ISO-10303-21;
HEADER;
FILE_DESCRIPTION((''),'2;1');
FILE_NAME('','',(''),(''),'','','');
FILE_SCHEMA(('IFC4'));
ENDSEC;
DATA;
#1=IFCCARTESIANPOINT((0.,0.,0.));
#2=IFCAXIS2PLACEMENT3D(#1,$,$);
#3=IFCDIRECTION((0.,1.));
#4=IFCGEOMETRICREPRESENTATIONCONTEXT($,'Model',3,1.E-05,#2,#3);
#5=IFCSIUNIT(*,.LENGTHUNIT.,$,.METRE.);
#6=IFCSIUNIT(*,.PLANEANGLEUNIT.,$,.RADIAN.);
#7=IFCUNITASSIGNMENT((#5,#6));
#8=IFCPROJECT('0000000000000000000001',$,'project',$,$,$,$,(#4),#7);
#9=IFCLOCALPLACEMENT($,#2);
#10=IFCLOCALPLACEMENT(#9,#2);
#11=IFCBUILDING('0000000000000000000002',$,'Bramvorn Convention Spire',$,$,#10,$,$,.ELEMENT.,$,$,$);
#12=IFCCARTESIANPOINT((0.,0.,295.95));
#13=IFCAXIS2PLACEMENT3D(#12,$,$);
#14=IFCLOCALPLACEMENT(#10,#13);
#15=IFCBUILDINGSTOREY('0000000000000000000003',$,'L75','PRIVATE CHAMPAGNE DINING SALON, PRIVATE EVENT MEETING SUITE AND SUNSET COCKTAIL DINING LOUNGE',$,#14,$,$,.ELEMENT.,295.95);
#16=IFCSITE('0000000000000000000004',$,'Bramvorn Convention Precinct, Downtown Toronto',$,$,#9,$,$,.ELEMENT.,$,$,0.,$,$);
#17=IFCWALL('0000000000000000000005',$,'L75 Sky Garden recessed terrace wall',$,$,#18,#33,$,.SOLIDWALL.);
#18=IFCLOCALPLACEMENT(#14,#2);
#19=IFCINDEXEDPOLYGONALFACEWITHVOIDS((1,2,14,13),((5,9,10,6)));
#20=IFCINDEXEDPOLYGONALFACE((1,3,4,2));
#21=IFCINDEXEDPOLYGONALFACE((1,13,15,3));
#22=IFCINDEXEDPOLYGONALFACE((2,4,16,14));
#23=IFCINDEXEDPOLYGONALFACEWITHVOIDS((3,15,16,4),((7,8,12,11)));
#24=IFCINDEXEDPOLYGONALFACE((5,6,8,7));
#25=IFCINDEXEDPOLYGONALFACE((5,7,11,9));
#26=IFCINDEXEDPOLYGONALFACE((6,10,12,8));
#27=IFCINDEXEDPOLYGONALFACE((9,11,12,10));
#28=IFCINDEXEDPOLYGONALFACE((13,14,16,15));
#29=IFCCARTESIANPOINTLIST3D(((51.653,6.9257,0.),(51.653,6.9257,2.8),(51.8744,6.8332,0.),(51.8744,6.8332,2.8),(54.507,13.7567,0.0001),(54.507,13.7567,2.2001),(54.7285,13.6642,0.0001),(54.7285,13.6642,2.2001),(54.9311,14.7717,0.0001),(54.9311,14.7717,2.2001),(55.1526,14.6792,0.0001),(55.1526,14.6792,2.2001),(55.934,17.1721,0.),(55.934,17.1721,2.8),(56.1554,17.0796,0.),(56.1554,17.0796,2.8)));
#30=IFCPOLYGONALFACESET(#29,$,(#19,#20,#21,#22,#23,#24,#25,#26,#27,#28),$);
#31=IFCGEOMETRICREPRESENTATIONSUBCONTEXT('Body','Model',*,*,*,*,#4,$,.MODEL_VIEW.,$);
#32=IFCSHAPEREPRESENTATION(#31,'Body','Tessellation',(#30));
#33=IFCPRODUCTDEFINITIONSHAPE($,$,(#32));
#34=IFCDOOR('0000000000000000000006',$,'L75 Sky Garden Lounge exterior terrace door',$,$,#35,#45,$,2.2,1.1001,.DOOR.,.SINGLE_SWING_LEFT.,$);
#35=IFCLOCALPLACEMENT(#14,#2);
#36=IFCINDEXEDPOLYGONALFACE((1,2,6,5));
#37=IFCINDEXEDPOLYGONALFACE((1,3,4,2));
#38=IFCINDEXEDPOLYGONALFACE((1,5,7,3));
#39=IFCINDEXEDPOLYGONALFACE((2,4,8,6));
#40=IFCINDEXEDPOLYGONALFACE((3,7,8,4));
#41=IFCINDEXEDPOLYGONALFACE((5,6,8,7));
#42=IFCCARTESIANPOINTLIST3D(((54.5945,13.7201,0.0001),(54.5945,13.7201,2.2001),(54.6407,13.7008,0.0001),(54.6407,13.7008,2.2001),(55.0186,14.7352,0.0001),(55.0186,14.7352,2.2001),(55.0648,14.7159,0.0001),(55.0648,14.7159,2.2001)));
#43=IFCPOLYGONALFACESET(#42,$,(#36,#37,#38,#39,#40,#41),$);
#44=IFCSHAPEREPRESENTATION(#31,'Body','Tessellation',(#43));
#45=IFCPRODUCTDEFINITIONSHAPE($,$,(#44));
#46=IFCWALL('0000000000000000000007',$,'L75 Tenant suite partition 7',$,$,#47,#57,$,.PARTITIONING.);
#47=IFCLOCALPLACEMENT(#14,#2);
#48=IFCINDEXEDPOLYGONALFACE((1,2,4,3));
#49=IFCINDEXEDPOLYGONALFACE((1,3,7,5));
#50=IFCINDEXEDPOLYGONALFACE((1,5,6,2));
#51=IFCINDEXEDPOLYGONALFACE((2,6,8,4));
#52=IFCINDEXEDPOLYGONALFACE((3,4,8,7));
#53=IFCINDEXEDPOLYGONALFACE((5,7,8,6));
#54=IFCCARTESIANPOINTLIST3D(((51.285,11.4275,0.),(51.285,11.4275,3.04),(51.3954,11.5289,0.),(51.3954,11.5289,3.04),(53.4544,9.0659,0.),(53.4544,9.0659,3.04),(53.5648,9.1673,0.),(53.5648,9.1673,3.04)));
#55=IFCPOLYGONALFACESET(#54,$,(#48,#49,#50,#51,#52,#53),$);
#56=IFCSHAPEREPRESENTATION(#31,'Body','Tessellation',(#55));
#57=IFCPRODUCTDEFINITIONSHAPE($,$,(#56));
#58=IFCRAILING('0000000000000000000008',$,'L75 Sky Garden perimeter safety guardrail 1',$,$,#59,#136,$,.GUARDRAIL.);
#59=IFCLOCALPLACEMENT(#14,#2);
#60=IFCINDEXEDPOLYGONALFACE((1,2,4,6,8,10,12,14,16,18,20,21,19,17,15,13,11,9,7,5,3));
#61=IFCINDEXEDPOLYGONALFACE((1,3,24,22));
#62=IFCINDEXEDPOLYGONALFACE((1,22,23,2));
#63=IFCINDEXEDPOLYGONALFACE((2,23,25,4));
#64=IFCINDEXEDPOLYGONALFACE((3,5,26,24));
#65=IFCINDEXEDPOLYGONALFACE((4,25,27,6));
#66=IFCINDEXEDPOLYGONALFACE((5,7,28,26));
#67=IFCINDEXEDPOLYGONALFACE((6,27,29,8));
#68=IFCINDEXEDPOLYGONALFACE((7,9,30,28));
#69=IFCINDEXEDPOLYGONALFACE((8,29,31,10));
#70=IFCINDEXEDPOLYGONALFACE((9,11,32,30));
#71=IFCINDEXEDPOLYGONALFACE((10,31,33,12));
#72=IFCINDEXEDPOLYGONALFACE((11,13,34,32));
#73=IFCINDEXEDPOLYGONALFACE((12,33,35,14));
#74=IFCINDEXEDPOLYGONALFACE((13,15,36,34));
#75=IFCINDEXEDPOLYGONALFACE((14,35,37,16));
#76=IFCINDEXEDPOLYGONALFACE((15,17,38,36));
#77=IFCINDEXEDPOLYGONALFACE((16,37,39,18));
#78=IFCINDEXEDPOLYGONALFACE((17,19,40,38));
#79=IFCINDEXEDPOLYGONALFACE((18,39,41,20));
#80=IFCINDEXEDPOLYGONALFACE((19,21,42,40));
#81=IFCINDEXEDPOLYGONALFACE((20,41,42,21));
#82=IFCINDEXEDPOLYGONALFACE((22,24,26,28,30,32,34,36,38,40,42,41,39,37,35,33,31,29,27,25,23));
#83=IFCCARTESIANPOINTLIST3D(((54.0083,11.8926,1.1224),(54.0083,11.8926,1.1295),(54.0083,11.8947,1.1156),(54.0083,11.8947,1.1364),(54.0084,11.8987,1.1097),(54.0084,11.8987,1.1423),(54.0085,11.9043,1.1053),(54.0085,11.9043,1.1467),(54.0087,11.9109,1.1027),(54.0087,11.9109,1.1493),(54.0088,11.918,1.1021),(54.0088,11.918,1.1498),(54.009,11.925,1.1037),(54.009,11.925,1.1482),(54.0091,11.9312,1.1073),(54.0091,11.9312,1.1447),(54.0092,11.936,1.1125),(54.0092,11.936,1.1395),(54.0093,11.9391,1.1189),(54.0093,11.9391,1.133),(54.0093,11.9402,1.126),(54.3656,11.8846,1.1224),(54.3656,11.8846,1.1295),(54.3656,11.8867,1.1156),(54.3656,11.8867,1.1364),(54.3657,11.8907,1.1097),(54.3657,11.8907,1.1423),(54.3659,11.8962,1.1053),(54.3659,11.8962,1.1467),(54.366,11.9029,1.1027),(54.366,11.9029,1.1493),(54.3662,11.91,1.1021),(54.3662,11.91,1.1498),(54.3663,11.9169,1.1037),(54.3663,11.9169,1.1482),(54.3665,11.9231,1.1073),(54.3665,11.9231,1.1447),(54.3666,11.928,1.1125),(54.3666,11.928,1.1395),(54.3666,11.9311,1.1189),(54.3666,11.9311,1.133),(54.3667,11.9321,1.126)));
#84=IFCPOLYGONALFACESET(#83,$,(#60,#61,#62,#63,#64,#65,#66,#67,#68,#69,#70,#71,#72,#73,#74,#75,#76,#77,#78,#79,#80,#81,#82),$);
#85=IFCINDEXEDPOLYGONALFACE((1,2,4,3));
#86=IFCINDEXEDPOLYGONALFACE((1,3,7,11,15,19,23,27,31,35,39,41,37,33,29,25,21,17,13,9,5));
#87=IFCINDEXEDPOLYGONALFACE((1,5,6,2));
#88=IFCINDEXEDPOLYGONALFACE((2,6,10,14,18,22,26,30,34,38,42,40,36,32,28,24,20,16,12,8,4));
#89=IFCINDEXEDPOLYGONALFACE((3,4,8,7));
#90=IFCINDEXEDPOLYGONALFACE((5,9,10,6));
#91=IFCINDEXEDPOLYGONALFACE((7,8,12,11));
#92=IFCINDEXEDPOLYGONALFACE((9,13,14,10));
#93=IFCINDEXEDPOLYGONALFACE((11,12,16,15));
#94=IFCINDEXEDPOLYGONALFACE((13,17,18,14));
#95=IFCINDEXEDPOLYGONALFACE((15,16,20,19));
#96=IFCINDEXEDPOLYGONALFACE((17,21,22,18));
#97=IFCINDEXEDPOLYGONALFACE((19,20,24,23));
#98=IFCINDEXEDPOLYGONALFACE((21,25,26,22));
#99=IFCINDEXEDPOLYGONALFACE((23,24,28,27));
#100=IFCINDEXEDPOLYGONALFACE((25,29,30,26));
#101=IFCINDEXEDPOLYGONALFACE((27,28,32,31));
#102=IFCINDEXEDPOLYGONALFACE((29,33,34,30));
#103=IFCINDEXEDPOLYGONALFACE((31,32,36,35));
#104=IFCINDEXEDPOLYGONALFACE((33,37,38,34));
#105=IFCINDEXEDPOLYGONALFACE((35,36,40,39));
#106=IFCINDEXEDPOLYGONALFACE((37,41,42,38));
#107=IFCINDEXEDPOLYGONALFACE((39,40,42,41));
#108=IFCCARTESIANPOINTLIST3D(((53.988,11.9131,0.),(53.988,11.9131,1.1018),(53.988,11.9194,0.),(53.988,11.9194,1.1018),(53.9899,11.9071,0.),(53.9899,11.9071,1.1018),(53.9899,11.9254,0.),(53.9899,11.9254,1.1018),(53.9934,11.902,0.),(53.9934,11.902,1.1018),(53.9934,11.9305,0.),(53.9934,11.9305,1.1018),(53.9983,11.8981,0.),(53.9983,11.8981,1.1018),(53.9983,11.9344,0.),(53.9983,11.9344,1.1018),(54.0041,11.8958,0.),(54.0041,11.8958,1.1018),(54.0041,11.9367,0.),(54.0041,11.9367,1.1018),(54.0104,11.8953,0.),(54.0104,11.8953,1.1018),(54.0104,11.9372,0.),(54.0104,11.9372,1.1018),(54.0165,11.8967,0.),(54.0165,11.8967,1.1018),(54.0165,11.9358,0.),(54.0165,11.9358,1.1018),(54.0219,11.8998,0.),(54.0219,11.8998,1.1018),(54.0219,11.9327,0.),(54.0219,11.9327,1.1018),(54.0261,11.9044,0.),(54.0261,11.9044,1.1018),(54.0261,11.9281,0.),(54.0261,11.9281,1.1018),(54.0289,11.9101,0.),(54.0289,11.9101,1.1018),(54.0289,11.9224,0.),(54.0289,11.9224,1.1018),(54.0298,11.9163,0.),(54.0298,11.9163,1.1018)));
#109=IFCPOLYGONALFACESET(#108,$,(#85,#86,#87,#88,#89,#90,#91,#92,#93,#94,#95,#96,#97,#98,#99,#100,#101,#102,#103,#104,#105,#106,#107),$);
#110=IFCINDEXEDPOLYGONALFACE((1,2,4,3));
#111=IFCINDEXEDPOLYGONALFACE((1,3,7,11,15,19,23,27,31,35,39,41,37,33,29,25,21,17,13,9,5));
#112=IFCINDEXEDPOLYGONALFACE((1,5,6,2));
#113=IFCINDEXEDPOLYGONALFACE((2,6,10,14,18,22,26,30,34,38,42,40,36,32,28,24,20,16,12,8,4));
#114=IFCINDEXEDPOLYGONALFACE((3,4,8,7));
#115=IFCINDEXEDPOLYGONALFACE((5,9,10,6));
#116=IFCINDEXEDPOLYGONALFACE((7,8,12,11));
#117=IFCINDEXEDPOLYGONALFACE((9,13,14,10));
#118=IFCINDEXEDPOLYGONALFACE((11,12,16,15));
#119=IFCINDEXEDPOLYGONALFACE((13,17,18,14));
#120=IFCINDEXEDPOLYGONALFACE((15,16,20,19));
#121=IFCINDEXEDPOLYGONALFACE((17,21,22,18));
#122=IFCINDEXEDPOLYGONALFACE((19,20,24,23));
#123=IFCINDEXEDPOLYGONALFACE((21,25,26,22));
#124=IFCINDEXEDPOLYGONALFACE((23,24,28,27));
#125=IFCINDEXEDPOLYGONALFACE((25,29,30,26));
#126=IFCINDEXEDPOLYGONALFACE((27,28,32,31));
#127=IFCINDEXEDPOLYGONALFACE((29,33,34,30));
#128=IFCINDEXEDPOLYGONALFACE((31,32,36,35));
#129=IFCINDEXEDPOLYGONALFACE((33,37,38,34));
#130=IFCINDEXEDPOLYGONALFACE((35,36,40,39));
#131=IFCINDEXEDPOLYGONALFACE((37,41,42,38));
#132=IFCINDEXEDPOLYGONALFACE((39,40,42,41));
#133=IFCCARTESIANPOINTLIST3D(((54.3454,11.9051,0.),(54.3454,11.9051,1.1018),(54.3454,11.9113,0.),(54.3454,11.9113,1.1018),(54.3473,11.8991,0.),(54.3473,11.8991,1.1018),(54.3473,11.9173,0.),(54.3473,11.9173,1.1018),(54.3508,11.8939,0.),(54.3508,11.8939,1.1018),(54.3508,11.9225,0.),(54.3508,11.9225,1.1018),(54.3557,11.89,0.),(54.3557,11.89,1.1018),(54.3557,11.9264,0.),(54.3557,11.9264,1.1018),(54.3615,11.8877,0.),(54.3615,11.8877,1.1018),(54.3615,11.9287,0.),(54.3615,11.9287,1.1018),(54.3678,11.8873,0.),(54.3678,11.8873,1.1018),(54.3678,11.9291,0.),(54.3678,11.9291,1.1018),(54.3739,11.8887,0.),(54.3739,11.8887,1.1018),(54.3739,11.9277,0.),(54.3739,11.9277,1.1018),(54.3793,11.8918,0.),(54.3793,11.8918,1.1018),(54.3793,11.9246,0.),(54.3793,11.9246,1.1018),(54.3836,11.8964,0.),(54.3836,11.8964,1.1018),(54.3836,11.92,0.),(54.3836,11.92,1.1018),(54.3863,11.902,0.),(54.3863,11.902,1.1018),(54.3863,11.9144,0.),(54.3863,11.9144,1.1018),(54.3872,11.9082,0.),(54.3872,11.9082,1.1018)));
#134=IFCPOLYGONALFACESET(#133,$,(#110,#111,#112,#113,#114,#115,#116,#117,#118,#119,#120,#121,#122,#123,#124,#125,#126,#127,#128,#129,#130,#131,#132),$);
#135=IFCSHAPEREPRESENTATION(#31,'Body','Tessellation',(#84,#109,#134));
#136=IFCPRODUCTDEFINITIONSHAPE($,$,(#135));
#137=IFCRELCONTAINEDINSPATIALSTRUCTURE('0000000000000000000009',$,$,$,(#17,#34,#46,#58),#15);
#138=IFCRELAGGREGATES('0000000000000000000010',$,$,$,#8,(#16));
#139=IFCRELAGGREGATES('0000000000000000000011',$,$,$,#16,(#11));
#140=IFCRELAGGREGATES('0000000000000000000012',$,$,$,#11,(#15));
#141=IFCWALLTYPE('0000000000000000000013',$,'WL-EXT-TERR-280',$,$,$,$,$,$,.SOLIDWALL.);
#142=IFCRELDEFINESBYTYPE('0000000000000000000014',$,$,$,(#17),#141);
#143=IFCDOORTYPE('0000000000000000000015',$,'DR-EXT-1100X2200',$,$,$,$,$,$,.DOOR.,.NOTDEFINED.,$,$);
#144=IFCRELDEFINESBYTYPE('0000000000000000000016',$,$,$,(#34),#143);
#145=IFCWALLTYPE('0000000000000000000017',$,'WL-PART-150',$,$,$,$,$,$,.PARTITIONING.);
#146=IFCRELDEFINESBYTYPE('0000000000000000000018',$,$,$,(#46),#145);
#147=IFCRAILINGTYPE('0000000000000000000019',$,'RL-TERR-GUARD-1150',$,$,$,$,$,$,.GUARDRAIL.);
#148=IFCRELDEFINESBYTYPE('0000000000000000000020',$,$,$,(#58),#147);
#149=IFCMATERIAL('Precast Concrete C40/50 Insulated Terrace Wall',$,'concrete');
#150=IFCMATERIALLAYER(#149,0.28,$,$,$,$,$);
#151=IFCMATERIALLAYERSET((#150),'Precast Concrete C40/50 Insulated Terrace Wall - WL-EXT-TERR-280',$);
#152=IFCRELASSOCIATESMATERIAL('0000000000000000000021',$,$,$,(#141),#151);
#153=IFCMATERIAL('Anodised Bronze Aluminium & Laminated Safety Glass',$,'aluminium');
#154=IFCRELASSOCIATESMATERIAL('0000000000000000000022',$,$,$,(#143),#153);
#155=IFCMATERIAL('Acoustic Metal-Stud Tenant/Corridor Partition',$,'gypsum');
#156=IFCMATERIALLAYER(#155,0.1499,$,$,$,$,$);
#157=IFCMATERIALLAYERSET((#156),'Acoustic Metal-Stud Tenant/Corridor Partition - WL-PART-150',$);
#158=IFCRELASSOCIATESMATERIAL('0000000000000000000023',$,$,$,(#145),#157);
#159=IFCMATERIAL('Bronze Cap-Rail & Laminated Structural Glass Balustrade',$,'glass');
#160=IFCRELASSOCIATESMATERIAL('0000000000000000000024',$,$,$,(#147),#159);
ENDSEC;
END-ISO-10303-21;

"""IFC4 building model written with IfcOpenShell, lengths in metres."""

from ifc_helpers import new_model, si_unit, direction, frame, frame_2d, origin, origin_2d, place, context, subcontext, project, spatial, rectangle, circle, extrude, material, layer, layer_set, type_object, element, fill, save


model = new_model("IFC4")

# Units and contexts
model_context = context("Model", 3, precision=1e-05, world=origin(), true_north=direction((0.0, 1.0)))
body_context = subcontext(model_context, "Body", "Model", "MODEL_VIEW")
ifc_project = project(units=[si_unit("LENGTHUNIT", "METRE"), si_unit("PLANEANGLEUNIT", "RADIAN")], contexts=[model_context])

# Site, building, storey
site_placement = place(None, origin())
site = spatial("IfcSite", under=ifc_project, at=site_placement, Name="Bramvorn Convention Precinct, Downtown Toronto", CompositionType="ELEMENT", RefElevation=0.0)
building_placement = place(site_placement, origin())
building = spatial("IfcBuilding", under=site, at=building_placement, Name="Bramvorn Convention Spire", CompositionType="ELEMENT")
storey_placement = place(building_placement, frame((0.0, 0.0, 295.95)))
storey = spatial("IfcBuildingStorey", under=building, at=storey_placement, Name="L75", Description="PRIVATE CHAMPAGNE DINING SALON, PRIVATE EVENT MEETING SUITE AND SUNSET COCKTAIL DINING LOUNGE", CompositionType="ELEMENT", Elevation=295.95)

# Wall, opening, door
ifc_material_1 = material(Name="Precast Concrete C40/50 Insulated Terrace Wall", Category="concrete")
ifc_layer_1 = layer(ifc_material_1, 0.28)
ifc_layer_set_1 = layer_set([ifc_layer_1], Name="Precast Concrete C40/50 Insulated Terrace Wall - WL-EXT-TERR-280")
wall_type_1 = type_object("IfcWallType", Name="WL-EXT-TERR-280", PredefinedType="SOLIDWALL", material=ifc_layer_set_1)
wall_1_placement = place(storey_placement, frame((56.0447, 17.1257, 0.0), z_axis=(0.0, 0.0, 1.0), x_axis=(-0.385513, -0.922702, 0.0)))
wall_1 = element("IfcWall", 1, at=wall_1_placement, inside=storey, type_object=wall_type_1, Name="L75 Sky Garden recessed terrace wall", PredefinedType="SOLIDWALL", context=body_context, shape_type="SweptSolid", body=[
    extrude(rectangle(XDim=11.1047, YDim=0.24, at=frame_2d((5.5522, 0.0))), origin(), (0.0, 0.0, 1.0), 2.8),
])
opening_placement = place(wall_1_placement, frame((2.6013, 0.0, 0.0)))
opening = element("IfcOpeningElement", 2, at=opening_placement, cuts=wall_1, PredefinedType="OPENING", context=body_context, shape_type="SweptSolid", body=[
    extrude(rectangle(XDim=1.1001, YDim=2.2, at=frame_2d((0.55, 1.1001))), frame((0.0, 0.1299, 0.0), z_axis=(0.0, -1.0, 0.0), x_axis=(1.0, 0.0, 0.0)), (0.0, 0.0, 1.0), 0.26),
])
ifc_material_2 = material(Name="Anodised Bronze Aluminium & Laminated Safety Glass", Category="aluminium")
door_type = type_object("IfcDoorType", Name="DR-EXT-1100X2200", OperationType="NOTDEFINED", PredefinedType="DOOR", material=ifc_material_2)
door_placement = place(opening_placement, origin())
door = element("IfcDoor", 3, at=door_placement, inside=storey, type_object=door_type, Name="L75 Sky Garden Lounge exterior terrace door", OperationType="SINGLE_SWING_LEFT", OverallHeight=2.2, OverallWidth=1.1001, PredefinedType="DOOR", context=body_context, shape_type="SweptSolid", body=[
    extrude(rectangle(XDim=1.1001, YDim=2.2, at=frame_2d((0.55, 1.1001))), frame((0.0, 0.0249, 0.0), z_axis=(0.0, -1.0, 0.0), x_axis=(1.0, 0.0, 0.0)), (0.0, 0.0, 1.0), 0.05),
])
fill(opening, door)

# Wall
ifc_material_3 = material(Name="Acoustic Metal-Stud Tenant/Corridor Partition", Category="gypsum")
ifc_layer_2 = layer(ifc_material_3, 0.1499)
ifc_layer_set_2 = layer_set([ifc_layer_2], Name="Acoustic Metal-Stud Tenant/Corridor Partition - WL-PART-150")
wall_type_2 = type_object("IfcWallType", Name="WL-PART-150", PredefinedType="PARTITIONING", material=ifc_layer_set_2)
wall_2_placement = place(storey_placement, frame((51.3401, 11.4783, 0.0), z_axis=(0.0, 0.0, 1.0), x_axis=(0.676514, -0.73643, 0.0)))
element("IfcWall", 4, at=wall_2_placement, inside=storey, type_object=wall_type_2, Name="L75 Tenant suite partition 7", PredefinedType="PARTITIONING", context=body_context, shape_type="SweptSolid", body=[
    extrude(rectangle(XDim=3.2068, YDim=0.1499, at=frame_2d((1.6035, 0.0))), origin(), (0.0, 0.0, 1.0), 3.04),
])

# Railing
ifc_material_4 = material(Name="Bronze Cap-Rail & Laminated Structural Glass Balustrade", Category="glass")
railing_type = type_object("IfcRailingType", Name="RL-TERR-GUARD-1150", PredefinedType="GUARDRAIL", material=ifc_material_4)
railing_1_placement = place(storey_placement, frame((54.0088, 11.9163, 0.0)))
element("IfcRailing", 5, at=railing_1_placement, inside=storey, type_object=railing_type, Name="L75 Sky Garden perimeter safety guardrail 1", PredefinedType="GUARDRAIL", context=body_context, shape_type="SweptSolid", body=[
    extrude(circle(Radius=0.0239, at=origin_2d()), frame((0.0, 0.0, 1.126), z_axis=(0.999746, -0.022535, 0.0), x_axis=(0.022535, 0.999746, 0.0)), (0.0, 0.0, 1.0), 0.3574),
    extrude(circle(Radius=0.021, at=origin_2d()), origin(), (0.0, 0.0, 1.0), 1.1018),
    extrude(circle(Radius=0.021, at=origin_2d()), frame((0.3574, -0.0081, 0.0)), (0.0, 0.0, 1.0), 1.1018),
])

save(model, "model.ifc")
